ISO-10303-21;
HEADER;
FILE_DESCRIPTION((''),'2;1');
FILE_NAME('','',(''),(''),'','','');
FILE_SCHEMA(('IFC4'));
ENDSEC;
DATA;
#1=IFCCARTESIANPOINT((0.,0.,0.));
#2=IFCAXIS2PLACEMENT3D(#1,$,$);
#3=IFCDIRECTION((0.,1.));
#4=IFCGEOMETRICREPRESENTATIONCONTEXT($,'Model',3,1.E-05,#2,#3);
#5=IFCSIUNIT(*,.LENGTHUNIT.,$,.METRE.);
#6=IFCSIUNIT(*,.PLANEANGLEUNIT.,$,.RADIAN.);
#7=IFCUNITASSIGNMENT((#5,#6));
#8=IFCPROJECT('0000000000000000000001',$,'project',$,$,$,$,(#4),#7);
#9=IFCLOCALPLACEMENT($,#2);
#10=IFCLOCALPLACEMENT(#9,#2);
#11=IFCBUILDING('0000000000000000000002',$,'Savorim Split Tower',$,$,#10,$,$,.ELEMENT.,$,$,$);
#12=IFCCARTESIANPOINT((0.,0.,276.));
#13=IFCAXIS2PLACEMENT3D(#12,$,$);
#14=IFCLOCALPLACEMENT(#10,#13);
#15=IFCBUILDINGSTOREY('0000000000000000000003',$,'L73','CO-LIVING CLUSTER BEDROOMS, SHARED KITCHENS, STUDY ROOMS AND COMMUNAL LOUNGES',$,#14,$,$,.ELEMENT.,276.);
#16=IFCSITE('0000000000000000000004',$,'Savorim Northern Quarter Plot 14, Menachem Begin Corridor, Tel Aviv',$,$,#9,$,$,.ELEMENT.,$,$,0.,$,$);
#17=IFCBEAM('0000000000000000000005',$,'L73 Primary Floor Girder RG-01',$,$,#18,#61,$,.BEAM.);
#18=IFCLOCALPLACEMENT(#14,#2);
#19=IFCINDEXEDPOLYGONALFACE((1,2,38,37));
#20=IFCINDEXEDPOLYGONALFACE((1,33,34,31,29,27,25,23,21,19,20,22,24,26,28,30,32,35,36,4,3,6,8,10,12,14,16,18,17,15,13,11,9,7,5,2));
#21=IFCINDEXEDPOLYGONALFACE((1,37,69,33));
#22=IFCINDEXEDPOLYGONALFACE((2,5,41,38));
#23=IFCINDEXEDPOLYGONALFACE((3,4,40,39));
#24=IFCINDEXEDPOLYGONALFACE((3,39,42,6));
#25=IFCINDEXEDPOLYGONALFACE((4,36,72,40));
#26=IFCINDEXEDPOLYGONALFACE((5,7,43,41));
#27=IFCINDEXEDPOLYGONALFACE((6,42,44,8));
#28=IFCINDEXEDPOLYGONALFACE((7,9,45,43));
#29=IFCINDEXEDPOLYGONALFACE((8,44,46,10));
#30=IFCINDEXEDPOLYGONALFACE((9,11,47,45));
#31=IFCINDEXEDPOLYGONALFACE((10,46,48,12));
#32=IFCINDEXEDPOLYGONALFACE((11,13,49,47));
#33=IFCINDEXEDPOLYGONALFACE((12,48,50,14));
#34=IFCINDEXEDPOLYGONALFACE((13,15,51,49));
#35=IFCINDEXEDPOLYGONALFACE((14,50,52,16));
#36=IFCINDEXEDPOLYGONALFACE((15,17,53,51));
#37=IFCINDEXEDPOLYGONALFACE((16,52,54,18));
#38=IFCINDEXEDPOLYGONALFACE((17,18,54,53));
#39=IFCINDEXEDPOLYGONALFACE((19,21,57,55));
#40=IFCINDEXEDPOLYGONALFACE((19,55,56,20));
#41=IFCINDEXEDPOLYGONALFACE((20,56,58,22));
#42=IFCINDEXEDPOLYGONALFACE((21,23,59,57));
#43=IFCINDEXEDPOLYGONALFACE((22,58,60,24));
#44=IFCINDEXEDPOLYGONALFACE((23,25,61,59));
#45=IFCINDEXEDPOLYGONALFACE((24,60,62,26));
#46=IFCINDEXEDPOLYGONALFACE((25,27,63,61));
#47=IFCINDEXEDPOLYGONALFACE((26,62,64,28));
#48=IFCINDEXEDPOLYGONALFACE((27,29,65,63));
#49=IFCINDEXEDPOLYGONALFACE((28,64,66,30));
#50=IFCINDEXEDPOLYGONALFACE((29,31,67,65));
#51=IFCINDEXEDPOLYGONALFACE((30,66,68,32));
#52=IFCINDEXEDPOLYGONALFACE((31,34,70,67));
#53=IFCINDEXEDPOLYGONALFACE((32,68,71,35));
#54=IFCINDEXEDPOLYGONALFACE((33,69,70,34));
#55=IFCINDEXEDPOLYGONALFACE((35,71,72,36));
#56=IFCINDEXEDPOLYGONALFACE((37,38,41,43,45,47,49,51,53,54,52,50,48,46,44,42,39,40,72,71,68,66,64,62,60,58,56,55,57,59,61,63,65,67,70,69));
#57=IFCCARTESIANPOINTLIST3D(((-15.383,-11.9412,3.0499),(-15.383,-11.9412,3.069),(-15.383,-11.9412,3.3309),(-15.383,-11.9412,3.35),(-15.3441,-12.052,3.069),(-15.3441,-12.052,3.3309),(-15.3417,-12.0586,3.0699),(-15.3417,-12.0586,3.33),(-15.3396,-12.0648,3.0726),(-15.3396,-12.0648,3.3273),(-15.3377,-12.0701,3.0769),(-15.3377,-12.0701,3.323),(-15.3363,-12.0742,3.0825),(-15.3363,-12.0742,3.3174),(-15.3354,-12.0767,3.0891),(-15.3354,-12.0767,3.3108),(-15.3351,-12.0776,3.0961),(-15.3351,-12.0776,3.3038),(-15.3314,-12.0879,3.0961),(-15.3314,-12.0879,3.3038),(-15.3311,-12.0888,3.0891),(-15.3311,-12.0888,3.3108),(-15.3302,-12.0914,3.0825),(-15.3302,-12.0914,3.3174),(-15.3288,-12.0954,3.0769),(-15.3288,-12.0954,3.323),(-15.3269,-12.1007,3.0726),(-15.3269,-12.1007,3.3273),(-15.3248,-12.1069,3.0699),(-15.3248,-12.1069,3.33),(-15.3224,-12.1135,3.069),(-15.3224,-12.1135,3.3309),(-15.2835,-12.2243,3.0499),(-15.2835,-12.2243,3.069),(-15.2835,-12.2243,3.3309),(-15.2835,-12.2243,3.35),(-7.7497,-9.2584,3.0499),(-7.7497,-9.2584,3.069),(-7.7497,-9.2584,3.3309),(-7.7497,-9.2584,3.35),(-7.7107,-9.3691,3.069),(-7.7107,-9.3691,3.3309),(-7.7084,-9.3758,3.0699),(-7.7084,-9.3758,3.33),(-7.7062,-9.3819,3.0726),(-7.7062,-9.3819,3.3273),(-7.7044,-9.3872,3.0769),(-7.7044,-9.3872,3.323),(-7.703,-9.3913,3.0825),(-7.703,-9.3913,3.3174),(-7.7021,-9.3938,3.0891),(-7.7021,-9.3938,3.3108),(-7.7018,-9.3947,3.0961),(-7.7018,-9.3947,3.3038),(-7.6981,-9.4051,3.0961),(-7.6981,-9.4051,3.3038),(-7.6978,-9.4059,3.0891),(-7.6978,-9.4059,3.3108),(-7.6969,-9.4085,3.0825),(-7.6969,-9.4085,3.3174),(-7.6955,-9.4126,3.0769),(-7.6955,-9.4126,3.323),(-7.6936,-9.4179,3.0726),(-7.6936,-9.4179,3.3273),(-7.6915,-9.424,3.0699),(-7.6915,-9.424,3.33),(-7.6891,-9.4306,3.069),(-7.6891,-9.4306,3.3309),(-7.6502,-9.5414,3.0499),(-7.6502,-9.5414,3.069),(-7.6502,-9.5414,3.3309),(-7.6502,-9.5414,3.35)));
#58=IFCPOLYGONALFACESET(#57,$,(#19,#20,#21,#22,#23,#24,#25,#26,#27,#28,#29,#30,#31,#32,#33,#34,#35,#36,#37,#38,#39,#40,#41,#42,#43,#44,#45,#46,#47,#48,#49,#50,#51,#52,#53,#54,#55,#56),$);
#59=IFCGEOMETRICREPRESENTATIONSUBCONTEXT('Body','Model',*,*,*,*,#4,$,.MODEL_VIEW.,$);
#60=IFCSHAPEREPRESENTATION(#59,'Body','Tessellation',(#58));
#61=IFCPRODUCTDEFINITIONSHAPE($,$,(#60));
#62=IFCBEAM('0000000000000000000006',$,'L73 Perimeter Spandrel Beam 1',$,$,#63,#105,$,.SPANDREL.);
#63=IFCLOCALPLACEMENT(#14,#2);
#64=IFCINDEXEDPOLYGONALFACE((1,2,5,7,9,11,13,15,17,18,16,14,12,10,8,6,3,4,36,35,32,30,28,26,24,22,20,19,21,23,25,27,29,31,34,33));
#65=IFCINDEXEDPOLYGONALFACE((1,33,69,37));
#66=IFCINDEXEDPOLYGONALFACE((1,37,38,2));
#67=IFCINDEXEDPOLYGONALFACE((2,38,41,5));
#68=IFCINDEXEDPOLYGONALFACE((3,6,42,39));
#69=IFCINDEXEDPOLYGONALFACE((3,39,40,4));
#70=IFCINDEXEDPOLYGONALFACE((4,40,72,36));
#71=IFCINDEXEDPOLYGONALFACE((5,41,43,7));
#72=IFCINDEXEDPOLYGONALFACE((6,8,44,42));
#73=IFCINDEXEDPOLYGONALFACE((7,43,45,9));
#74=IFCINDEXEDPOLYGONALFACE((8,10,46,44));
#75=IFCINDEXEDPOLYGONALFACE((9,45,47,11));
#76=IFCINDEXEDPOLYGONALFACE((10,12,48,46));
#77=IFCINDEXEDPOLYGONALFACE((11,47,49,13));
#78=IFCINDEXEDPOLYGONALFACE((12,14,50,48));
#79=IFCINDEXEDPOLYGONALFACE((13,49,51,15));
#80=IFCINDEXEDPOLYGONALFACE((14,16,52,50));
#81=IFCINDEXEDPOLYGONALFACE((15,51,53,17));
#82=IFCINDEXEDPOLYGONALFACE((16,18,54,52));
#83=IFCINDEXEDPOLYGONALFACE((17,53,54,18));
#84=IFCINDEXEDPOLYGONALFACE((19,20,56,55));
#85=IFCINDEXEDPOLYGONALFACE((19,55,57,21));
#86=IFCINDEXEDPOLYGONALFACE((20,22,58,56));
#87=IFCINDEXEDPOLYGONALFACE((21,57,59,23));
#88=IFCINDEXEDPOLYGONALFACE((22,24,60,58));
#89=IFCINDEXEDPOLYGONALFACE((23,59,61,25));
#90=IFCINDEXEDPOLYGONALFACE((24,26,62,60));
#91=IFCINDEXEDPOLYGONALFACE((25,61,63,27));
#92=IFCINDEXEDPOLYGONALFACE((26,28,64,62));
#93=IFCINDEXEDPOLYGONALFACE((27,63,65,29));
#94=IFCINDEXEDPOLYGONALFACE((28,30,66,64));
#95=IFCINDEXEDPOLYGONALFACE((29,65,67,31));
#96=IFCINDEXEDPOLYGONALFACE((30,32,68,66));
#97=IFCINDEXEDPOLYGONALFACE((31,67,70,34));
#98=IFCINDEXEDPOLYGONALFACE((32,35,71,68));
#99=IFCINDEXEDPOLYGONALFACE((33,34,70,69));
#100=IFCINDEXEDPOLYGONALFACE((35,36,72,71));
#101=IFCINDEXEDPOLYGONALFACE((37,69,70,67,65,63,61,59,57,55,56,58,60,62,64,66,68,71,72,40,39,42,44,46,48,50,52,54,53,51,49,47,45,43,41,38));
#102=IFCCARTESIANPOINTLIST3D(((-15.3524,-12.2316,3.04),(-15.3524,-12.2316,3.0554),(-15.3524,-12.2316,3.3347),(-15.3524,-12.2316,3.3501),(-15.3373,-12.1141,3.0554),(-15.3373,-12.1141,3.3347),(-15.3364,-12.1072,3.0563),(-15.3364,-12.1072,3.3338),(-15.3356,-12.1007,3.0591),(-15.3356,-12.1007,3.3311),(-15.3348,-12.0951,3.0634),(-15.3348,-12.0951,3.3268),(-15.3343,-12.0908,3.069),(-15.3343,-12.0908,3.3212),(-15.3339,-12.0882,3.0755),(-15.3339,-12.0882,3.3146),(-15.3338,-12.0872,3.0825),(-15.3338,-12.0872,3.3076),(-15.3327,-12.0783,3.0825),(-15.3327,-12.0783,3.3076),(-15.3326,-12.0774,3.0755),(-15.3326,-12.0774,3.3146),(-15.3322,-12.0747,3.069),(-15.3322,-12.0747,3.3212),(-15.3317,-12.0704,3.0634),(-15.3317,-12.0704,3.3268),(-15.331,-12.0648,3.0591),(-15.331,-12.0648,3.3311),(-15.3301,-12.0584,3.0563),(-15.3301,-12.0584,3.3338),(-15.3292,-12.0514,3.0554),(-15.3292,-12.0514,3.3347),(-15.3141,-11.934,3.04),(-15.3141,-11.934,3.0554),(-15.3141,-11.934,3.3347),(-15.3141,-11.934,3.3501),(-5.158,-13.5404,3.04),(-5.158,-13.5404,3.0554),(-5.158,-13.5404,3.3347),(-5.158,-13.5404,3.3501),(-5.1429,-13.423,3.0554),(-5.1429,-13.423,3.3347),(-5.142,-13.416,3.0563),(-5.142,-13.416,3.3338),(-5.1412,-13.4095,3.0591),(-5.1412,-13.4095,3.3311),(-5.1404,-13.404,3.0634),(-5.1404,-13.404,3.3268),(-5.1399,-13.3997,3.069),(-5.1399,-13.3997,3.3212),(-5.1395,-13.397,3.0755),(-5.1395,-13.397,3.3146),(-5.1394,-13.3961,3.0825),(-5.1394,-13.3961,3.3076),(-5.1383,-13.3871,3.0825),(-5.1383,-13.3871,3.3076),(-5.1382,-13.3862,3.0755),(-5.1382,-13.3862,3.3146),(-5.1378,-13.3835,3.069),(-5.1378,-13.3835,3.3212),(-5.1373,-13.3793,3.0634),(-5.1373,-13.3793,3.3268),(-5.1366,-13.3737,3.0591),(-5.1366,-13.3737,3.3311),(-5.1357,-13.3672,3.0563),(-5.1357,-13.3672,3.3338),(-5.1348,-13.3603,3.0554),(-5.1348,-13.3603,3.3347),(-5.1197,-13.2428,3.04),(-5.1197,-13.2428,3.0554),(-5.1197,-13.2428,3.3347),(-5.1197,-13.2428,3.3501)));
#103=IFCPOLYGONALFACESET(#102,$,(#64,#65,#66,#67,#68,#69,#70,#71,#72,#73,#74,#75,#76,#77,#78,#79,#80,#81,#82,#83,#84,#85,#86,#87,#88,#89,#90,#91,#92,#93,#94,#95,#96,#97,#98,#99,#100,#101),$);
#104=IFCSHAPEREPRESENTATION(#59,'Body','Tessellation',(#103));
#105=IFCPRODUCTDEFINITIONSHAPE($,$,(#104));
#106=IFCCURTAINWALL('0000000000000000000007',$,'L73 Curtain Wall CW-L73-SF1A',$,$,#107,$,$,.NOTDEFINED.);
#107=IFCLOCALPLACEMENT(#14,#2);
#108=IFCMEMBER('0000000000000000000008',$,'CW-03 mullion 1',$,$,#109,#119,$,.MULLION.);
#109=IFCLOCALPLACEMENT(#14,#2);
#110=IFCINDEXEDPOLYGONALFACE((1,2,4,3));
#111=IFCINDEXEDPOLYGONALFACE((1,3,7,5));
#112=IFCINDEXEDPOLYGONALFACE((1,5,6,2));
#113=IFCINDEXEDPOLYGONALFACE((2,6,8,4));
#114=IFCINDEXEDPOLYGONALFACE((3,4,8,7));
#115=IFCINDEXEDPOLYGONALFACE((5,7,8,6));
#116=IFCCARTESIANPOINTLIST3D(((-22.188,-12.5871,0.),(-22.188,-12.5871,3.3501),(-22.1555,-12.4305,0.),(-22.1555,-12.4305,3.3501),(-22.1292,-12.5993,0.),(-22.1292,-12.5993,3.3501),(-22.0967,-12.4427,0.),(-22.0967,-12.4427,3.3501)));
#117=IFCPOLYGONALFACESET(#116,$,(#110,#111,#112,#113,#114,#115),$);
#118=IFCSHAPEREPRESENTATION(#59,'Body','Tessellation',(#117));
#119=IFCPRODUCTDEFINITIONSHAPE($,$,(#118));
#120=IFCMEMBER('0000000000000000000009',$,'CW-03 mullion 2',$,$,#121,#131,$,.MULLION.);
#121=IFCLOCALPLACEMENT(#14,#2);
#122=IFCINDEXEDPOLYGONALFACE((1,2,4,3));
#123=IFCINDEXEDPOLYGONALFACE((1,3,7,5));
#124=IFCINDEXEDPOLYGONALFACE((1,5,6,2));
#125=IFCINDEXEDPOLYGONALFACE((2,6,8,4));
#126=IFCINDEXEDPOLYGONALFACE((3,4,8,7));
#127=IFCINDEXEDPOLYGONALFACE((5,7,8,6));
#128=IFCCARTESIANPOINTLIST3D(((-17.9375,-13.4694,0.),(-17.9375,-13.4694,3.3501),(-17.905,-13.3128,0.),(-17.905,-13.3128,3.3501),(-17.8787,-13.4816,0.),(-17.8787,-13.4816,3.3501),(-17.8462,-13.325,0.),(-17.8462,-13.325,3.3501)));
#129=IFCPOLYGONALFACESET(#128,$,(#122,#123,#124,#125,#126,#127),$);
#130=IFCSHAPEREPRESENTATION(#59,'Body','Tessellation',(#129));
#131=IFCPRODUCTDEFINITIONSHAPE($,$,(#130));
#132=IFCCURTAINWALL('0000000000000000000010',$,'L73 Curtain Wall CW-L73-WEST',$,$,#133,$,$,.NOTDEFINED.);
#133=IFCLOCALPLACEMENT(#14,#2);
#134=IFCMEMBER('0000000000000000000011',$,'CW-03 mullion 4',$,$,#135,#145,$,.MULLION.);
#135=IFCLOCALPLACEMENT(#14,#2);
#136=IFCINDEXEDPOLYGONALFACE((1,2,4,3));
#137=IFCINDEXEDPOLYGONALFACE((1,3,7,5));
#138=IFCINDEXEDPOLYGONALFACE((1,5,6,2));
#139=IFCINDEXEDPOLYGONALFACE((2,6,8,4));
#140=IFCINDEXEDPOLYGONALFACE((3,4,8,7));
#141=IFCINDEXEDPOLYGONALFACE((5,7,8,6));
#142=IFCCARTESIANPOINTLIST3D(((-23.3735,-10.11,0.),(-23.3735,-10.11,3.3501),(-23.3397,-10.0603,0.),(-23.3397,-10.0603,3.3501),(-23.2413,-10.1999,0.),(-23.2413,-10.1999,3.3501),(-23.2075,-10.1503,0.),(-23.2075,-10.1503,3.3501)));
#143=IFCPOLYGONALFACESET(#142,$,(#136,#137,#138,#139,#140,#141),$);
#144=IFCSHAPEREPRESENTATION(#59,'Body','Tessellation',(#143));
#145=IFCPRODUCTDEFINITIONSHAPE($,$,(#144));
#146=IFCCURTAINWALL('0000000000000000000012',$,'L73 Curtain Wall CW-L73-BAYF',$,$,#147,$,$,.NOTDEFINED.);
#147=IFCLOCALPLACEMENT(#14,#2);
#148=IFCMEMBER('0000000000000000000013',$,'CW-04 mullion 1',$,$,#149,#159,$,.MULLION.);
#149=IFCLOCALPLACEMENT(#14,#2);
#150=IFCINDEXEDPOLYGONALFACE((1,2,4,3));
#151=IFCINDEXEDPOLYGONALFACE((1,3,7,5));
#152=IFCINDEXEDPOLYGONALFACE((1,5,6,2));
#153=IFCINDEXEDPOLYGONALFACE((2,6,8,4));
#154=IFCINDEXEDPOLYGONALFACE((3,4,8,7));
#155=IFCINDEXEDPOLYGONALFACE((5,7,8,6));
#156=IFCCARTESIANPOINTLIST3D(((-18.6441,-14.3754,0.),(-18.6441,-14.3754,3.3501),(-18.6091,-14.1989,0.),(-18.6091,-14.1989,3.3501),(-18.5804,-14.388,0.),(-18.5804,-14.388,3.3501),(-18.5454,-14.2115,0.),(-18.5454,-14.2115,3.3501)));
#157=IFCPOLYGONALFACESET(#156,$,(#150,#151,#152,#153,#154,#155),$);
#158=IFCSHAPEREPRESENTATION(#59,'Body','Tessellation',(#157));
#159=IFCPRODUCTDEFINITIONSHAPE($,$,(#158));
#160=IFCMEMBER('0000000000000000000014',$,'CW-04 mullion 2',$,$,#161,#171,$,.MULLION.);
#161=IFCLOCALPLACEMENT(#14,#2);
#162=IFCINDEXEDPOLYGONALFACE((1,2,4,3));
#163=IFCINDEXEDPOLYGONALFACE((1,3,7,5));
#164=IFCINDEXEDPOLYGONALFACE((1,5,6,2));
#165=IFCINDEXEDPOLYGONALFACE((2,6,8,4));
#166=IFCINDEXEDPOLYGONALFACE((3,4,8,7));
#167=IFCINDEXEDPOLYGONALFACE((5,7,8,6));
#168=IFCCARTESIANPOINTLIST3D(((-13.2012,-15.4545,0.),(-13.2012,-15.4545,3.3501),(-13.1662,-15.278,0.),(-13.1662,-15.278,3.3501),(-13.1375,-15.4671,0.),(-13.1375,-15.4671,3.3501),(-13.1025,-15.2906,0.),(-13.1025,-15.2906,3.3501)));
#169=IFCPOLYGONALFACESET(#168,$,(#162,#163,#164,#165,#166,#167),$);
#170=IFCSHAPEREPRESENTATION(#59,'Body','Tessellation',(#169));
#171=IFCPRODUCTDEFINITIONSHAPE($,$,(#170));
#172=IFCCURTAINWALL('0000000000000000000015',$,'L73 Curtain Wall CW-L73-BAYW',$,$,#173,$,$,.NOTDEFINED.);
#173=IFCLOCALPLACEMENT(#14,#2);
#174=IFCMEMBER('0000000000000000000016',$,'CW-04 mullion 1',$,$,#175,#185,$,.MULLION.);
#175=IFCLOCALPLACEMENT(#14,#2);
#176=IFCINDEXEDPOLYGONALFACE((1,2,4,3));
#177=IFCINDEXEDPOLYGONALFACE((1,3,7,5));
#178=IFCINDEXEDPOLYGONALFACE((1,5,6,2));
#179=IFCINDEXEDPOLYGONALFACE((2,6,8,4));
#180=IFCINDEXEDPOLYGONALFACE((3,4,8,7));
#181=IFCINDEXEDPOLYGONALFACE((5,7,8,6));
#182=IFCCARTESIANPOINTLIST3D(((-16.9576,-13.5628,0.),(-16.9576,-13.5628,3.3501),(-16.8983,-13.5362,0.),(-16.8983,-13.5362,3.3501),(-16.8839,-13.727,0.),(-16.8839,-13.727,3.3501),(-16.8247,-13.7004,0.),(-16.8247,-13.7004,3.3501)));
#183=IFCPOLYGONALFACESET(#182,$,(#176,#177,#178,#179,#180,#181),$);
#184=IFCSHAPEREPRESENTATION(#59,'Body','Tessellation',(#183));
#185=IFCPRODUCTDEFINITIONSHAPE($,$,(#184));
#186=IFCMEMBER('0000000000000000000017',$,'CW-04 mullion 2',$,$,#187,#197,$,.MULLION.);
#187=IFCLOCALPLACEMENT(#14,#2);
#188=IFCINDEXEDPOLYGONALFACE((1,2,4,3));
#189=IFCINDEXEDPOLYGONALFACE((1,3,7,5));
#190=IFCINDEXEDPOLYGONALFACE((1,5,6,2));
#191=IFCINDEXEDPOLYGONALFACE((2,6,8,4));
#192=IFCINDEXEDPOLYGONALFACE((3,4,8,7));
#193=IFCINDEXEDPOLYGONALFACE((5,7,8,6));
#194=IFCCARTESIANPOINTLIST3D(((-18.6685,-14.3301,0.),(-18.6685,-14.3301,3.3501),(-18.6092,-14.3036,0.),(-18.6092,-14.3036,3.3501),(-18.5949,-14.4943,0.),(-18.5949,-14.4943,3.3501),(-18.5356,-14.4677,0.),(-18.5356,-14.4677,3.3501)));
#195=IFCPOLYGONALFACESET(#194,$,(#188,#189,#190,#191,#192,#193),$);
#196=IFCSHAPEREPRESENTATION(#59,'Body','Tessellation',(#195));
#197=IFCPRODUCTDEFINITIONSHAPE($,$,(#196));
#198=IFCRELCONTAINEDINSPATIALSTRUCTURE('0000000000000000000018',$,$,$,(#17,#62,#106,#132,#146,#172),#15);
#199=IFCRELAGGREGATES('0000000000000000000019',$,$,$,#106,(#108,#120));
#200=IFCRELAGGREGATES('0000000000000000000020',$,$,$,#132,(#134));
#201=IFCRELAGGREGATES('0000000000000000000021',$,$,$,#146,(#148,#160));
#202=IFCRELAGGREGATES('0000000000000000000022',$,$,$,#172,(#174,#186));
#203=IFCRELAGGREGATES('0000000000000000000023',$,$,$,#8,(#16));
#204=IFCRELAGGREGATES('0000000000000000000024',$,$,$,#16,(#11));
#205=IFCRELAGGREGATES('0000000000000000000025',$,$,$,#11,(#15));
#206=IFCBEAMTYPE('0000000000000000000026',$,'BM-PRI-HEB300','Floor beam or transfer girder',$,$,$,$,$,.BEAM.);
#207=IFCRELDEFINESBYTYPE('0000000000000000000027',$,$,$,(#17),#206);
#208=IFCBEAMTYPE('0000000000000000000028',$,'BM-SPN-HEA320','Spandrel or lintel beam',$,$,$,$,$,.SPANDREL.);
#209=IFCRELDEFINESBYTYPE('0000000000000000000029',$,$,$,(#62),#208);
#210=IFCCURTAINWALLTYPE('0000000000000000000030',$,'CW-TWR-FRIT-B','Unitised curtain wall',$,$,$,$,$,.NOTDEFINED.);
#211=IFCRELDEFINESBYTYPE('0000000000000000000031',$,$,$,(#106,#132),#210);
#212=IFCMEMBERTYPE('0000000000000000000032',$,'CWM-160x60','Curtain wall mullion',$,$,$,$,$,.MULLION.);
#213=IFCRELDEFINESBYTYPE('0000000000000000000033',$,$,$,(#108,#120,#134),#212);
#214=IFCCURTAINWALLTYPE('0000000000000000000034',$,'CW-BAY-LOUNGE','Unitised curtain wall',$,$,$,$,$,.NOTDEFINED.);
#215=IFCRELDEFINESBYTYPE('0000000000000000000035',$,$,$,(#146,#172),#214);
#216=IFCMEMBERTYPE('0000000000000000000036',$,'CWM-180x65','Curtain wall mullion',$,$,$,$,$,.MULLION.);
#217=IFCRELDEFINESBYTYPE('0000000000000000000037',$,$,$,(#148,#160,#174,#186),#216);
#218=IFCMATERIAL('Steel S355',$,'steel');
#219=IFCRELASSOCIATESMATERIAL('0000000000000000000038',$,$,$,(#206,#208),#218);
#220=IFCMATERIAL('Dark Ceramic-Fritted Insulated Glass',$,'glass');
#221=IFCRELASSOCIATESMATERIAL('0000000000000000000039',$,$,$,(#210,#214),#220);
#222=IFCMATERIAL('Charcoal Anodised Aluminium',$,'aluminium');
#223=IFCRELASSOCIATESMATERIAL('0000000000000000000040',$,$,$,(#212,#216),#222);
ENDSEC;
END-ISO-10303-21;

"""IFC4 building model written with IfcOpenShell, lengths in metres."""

from ifc_helpers import new_model, si_unit, direction, frame, origin, origin_2d, place, context, subcontext, project, spatial, rectangle, i_section, extrude, material, material_profile, profile_set, type_object, element, aggregate, save


model = new_model("IFC4")

# Units and contexts
model_context = context("Model", 3, precision=1e-05, world=origin(), true_north=direction((0.0, 1.0)))
body_context = subcontext(model_context, "Body", "Model", "MODEL_VIEW")
ifc_project = project(units=[si_unit("LENGTHUNIT", "METRE"), si_unit("PLANEANGLEUNIT", "RADIAN")], contexts=[model_context])

# Site, building, storey
site_placement = place(None, origin())
site = spatial("IfcSite", under=ifc_project, at=site_placement, Name="Savorim Northern Quarter Plot 14, Menachem Begin Corridor, Tel Aviv", CompositionType="ELEMENT", RefElevation=0.0)
building_placement = place(site_placement, origin())
building = spatial("IfcBuilding", under=site, at=building_placement, Name="Savorim Split Tower", CompositionType="ELEMENT")
storey_placement = place(building_placement, frame((0.0, 0.0, 276.0)))
storey = spatial("IfcBuildingStorey", under=building, at=storey_placement, Name="L73", Description="CO-LIVING CLUSTER BEDROOMS, SHARED KITCHENS, STUDY ROOMS AND COMMUNAL LOUNGES", CompositionType="ELEMENT", Elevation=276.0)

# Shared definitions
ifc_material_1 = material(Name="Steel S355", Category="steel")

# Beams
ifc_material_profile_1 = material_profile(ifc_material_1, i_section(OverallWidth=0.3, OverallDepth=0.3, WebThickness=0.011, FlangeThickness=0.019, FilletRadius=0.0271, at=origin_2d()), Name="HEB 300")
ifc_profile_set_1 = profile_set([ifc_material_profile_1], Name="Steel S355")
beam_type_1 = type_object("IfcBeamType", Name="BM-PRI-HEB300", Description="Floor beam or transfer girder", PredefinedType="BEAM", material=ifc_profile_set_1)
beam_1_placement = place(storey_placement, frame((-15.3333, -12.0828, 3.2), z_axis=(0.943426, 0.331584, 0.0), x_axis=(-0.331584, 0.943426, 0.0)))
element("IfcBeam", 1, at=beam_1_placement, inside=storey, type_object=beam_type_1, Name="L73 Primary Floor Girder RG-01", PredefinedType="BEAM", context=body_context, shape_type="SweptSolid", body=[
    extrude(i_section(OverallWidth=0.3, OverallDepth=0.3, WebThickness=0.011, FlangeThickness=0.019, FilletRadius=0.0271, at=origin_2d()), origin(), (0.0, 0.0, 1.0), 8.0911),
])
ifc_material_profile_2 = material_profile(ifc_material_1, i_section(OverallWidth=0.3, OverallDepth=0.3101, WebThickness=0.009, FlangeThickness=0.0154, FilletRadius=0.0271, at=origin_2d()), Name="HEA 320")
ifc_profile_set_2 = profile_set([ifc_material_profile_2], Name="Steel S355")
beam_type_2 = type_object("IfcBeamType", Name="BM-SPN-HEA320", Description="Spandrel or lintel beam", PredefinedType="SPANDREL", material=ifc_profile_set_2)
beam_2_placement = place(storey_placement, frame((-15.3333, -12.0828, 3.1951), z_axis=(0.991859, -0.127343, 0.0), x_axis=(0.127343, 0.991859, 0.0)))
element("IfcBeam", 2, at=beam_2_placement, inside=storey, type_object=beam_type_2, Name="L73 Perimeter Spandrel Beam 1", PredefinedType="SPANDREL", context=body_context, shape_type="SweptSolid", body=[
    extrude(i_section(OverallWidth=0.3, OverallDepth=0.3101, WebThickness=0.009, FlangeThickness=0.0154, FilletRadius=0.0271, at=origin_2d()), origin(), (0.0, 0.0, 1.0), 10.2781),
])

# Curtain wall, members
ifc_material_2 = material(Name="Dark Ceramic-Fritted Insulated Glass", Category="glass")
curtain_wall_type_1 = type_object("IfcCurtainWallType", Name="CW-TWR-FRIT-B", Description="Unitised curtain wall", PredefinedType="NOTDEFINED", material=ifc_material_2)
curtain_wall_1_placement = place(storey_placement, origin())
curtain_wall_1 = element("IfcCurtainWall", 3, at=curtain_wall_1_placement, inside=storey, type_object=curtain_wall_type_1, Name="L73 Curtain Wall CW-L73-SF1A", PredefinedType="NOTDEFINED")
ifc_material_3 = material(Name="Charcoal Anodised Aluminium", Category="aluminium")
ifc_material_profile_3 = material_profile(ifc_material_3, rectangle(XDim=0.1599, YDim=0.0601, at=origin_2d()), Name="ALU-M 160x60")
ifc_profile_set_3 = profile_set([ifc_material_profile_3], Name="Charcoal Anodised Aluminium")
member_type_1 = type_object("IfcMemberType", Name="CWM-160x60", Description="Curtain wall mullion", PredefinedType="MULLION", material=ifc_profile_set_3)
member_1_placement = place(storey_placement, frame((-22.1423, -12.5149, 0.0), z_axis=(0.0, 0.0, 1.0), x_axis=(0.20322, 0.979133, 0.0)))
member_1 = element("IfcMember", 4, at=member_1_placement, type_object=member_type_1, Name="CW-03 mullion 1", PredefinedType="MULLION", context=body_context, shape_type="SweptSolid", body=[
    extrude(rectangle(XDim=0.1599, YDim=0.0601, at=origin_2d()), origin(), (0.0, 0.0, 1.0), 3.3501),
])
member_2_placement = place(storey_placement, frame((-17.8918, -13.3972, 0.0), z_axis=(0.0, 0.0, 1.0), x_axis=(0.20322, 0.979133, 0.0)))
member_2 = element("IfcMember", 5, at=member_2_placement, type_object=member_type_1, Name="CW-03 mullion 2", PredefinedType="MULLION", context=body_context, shape_type="SweptSolid", body=[
    extrude(rectangle(XDim=0.1599, YDim=0.0601, at=origin_2d()), origin(), (0.0, 0.0, 1.0), 3.3501),
])

# Curtain wall, member
curtain_wall_2_placement = place(storey_placement, origin())
curtain_wall_2 = element("IfcCurtainWall", 6, at=curtain_wall_2_placement, inside=storey, type_object=curtain_wall_type_1, Name="L73 Curtain Wall CW-L73-WEST", PredefinedType="NOTDEFINED")
member_3_placement = place(storey_placement, frame((-23.2905, -10.1301, 0.0), z_axis=(0.0, 0.0, 1.0), x_axis=(0.826818, -0.56247, 0.0)))
member_3 = element("IfcMember", 7, at=member_3_placement, type_object=member_type_1, Name="CW-03 mullion 4", PredefinedType="MULLION", context=body_context, shape_type="SweptSolid", body=[
    extrude(rectangle(XDim=0.1599, YDim=0.0601, at=origin_2d()), origin(), (0.0, 0.0, 1.0), 3.3501),
])

# Curtain walls, members
curtain_wall_type_2 = type_object("IfcCurtainWallType", Name="CW-BAY-LOUNGE", Description="Unitised curtain wall", PredefinedType="NOTDEFINED", material=ifc_material_2)
curtain_wall_3_placement = place(storey_placement, origin())
curtain_wall_3 = element("IfcCurtainWall", 8, at=curtain_wall_3_placement, inside=storey, type_object=curtain_wall_type_2, Name="L73 Curtain Wall CW-L73-BAYF", PredefinedType="NOTDEFINED")
ifc_material_profile_4 = material_profile(ifc_material_3, rectangle(XDim=0.1799, YDim=0.0649, at=origin_2d()), Name="ALU-M 180x65")
ifc_profile_set_4 = profile_set([ifc_material_profile_4], Name="Charcoal Anodised Aluminium")
member_type_2 = type_object("IfcMemberType", Name="CWM-180x65", Description="Curtain wall mullion", PredefinedType="MULLION", material=ifc_profile_set_4)
member_4_placement = place(storey_placement, frame((-18.5947, -14.2935, 0.0), z_axis=(0.0, 0.0, 1.0), x_axis=(0.194484, 0.980906, 0.0)))
member_4 = element("IfcMember", 9, at=member_4_placement, type_object=member_type_2, Name="CW-04 mullion 1", PredefinedType="MULLION", context=body_context, shape_type="SweptSolid", body=[
    extrude(rectangle(XDim=0.1799, YDim=0.0649, at=origin_2d()), origin(), (0.0, 0.0, 1.0), 3.3501),
])
member_5_placement = place(storey_placement, frame((-13.1519, -15.3726, 0.0), z_axis=(0.0, 0.0, 1.0), x_axis=(0.194484, 0.980906, 0.0)))
member_5 = element("IfcMember", 10, at=member_5_placement, type_object=member_type_2, Name="CW-04 mullion 2", PredefinedType="MULLION", context=body_context, shape_type="SweptSolid", body=[
    extrude(rectangle(XDim=0.1799, YDim=0.0649, at=origin_2d()), origin(), (0.0, 0.0, 1.0), 3.3501),
])
curtain_wall_4_placement = place(storey_placement, origin())
curtain_wall_4 = element("IfcCurtainWall", 11, at=curtain_wall_4_placement, inside=storey, type_object=curtain_wall_type_2, Name="L73 Curtain Wall CW-L73-BAYW", PredefinedType="NOTDEFINED")
member_6_placement = place(storey_placement, frame((-16.8911, -13.6316, 0.0), z_axis=(0.0, 0.0, 1.0), x_axis=(0.409231, -0.912431, 0.0)))
member_6 = element("IfcMember", 12, at=member_6_placement, type_object=member_type_2, Name="CW-04 mullion 1", PredefinedType="MULLION", context=body_context, shape_type="SweptSolid", body=[
    extrude(rectangle(XDim=0.1799, YDim=0.0649, at=origin_2d()), origin(), (0.0, 0.0, 1.0), 3.3501),
])
member_7_placement = place(storey_placement, frame((-18.6021, -14.3989, 0.0), z_axis=(0.0, 0.0, 1.0), x_axis=(0.409231, -0.912431, 0.0)))
member_7 = element("IfcMember", 13, at=member_7_placement, type_object=member_type_2, Name="CW-04 mullion 2", PredefinedType="MULLION", context=body_context, shape_type="SweptSolid", body=[
    extrude(rectangle(XDim=0.1799, YDim=0.0649, at=origin_2d()), origin(), (0.0, 0.0, 1.0), 3.3501),
])

aggregate(curtain_wall_1, [member_1, member_2])
aggregate(curtain_wall_2, [member_3])
aggregate(curtain_wall_3, [member_4, member_5])
aggregate(curtain_wall_4, [member_6, member_7])

save(model, "model.ifc")
